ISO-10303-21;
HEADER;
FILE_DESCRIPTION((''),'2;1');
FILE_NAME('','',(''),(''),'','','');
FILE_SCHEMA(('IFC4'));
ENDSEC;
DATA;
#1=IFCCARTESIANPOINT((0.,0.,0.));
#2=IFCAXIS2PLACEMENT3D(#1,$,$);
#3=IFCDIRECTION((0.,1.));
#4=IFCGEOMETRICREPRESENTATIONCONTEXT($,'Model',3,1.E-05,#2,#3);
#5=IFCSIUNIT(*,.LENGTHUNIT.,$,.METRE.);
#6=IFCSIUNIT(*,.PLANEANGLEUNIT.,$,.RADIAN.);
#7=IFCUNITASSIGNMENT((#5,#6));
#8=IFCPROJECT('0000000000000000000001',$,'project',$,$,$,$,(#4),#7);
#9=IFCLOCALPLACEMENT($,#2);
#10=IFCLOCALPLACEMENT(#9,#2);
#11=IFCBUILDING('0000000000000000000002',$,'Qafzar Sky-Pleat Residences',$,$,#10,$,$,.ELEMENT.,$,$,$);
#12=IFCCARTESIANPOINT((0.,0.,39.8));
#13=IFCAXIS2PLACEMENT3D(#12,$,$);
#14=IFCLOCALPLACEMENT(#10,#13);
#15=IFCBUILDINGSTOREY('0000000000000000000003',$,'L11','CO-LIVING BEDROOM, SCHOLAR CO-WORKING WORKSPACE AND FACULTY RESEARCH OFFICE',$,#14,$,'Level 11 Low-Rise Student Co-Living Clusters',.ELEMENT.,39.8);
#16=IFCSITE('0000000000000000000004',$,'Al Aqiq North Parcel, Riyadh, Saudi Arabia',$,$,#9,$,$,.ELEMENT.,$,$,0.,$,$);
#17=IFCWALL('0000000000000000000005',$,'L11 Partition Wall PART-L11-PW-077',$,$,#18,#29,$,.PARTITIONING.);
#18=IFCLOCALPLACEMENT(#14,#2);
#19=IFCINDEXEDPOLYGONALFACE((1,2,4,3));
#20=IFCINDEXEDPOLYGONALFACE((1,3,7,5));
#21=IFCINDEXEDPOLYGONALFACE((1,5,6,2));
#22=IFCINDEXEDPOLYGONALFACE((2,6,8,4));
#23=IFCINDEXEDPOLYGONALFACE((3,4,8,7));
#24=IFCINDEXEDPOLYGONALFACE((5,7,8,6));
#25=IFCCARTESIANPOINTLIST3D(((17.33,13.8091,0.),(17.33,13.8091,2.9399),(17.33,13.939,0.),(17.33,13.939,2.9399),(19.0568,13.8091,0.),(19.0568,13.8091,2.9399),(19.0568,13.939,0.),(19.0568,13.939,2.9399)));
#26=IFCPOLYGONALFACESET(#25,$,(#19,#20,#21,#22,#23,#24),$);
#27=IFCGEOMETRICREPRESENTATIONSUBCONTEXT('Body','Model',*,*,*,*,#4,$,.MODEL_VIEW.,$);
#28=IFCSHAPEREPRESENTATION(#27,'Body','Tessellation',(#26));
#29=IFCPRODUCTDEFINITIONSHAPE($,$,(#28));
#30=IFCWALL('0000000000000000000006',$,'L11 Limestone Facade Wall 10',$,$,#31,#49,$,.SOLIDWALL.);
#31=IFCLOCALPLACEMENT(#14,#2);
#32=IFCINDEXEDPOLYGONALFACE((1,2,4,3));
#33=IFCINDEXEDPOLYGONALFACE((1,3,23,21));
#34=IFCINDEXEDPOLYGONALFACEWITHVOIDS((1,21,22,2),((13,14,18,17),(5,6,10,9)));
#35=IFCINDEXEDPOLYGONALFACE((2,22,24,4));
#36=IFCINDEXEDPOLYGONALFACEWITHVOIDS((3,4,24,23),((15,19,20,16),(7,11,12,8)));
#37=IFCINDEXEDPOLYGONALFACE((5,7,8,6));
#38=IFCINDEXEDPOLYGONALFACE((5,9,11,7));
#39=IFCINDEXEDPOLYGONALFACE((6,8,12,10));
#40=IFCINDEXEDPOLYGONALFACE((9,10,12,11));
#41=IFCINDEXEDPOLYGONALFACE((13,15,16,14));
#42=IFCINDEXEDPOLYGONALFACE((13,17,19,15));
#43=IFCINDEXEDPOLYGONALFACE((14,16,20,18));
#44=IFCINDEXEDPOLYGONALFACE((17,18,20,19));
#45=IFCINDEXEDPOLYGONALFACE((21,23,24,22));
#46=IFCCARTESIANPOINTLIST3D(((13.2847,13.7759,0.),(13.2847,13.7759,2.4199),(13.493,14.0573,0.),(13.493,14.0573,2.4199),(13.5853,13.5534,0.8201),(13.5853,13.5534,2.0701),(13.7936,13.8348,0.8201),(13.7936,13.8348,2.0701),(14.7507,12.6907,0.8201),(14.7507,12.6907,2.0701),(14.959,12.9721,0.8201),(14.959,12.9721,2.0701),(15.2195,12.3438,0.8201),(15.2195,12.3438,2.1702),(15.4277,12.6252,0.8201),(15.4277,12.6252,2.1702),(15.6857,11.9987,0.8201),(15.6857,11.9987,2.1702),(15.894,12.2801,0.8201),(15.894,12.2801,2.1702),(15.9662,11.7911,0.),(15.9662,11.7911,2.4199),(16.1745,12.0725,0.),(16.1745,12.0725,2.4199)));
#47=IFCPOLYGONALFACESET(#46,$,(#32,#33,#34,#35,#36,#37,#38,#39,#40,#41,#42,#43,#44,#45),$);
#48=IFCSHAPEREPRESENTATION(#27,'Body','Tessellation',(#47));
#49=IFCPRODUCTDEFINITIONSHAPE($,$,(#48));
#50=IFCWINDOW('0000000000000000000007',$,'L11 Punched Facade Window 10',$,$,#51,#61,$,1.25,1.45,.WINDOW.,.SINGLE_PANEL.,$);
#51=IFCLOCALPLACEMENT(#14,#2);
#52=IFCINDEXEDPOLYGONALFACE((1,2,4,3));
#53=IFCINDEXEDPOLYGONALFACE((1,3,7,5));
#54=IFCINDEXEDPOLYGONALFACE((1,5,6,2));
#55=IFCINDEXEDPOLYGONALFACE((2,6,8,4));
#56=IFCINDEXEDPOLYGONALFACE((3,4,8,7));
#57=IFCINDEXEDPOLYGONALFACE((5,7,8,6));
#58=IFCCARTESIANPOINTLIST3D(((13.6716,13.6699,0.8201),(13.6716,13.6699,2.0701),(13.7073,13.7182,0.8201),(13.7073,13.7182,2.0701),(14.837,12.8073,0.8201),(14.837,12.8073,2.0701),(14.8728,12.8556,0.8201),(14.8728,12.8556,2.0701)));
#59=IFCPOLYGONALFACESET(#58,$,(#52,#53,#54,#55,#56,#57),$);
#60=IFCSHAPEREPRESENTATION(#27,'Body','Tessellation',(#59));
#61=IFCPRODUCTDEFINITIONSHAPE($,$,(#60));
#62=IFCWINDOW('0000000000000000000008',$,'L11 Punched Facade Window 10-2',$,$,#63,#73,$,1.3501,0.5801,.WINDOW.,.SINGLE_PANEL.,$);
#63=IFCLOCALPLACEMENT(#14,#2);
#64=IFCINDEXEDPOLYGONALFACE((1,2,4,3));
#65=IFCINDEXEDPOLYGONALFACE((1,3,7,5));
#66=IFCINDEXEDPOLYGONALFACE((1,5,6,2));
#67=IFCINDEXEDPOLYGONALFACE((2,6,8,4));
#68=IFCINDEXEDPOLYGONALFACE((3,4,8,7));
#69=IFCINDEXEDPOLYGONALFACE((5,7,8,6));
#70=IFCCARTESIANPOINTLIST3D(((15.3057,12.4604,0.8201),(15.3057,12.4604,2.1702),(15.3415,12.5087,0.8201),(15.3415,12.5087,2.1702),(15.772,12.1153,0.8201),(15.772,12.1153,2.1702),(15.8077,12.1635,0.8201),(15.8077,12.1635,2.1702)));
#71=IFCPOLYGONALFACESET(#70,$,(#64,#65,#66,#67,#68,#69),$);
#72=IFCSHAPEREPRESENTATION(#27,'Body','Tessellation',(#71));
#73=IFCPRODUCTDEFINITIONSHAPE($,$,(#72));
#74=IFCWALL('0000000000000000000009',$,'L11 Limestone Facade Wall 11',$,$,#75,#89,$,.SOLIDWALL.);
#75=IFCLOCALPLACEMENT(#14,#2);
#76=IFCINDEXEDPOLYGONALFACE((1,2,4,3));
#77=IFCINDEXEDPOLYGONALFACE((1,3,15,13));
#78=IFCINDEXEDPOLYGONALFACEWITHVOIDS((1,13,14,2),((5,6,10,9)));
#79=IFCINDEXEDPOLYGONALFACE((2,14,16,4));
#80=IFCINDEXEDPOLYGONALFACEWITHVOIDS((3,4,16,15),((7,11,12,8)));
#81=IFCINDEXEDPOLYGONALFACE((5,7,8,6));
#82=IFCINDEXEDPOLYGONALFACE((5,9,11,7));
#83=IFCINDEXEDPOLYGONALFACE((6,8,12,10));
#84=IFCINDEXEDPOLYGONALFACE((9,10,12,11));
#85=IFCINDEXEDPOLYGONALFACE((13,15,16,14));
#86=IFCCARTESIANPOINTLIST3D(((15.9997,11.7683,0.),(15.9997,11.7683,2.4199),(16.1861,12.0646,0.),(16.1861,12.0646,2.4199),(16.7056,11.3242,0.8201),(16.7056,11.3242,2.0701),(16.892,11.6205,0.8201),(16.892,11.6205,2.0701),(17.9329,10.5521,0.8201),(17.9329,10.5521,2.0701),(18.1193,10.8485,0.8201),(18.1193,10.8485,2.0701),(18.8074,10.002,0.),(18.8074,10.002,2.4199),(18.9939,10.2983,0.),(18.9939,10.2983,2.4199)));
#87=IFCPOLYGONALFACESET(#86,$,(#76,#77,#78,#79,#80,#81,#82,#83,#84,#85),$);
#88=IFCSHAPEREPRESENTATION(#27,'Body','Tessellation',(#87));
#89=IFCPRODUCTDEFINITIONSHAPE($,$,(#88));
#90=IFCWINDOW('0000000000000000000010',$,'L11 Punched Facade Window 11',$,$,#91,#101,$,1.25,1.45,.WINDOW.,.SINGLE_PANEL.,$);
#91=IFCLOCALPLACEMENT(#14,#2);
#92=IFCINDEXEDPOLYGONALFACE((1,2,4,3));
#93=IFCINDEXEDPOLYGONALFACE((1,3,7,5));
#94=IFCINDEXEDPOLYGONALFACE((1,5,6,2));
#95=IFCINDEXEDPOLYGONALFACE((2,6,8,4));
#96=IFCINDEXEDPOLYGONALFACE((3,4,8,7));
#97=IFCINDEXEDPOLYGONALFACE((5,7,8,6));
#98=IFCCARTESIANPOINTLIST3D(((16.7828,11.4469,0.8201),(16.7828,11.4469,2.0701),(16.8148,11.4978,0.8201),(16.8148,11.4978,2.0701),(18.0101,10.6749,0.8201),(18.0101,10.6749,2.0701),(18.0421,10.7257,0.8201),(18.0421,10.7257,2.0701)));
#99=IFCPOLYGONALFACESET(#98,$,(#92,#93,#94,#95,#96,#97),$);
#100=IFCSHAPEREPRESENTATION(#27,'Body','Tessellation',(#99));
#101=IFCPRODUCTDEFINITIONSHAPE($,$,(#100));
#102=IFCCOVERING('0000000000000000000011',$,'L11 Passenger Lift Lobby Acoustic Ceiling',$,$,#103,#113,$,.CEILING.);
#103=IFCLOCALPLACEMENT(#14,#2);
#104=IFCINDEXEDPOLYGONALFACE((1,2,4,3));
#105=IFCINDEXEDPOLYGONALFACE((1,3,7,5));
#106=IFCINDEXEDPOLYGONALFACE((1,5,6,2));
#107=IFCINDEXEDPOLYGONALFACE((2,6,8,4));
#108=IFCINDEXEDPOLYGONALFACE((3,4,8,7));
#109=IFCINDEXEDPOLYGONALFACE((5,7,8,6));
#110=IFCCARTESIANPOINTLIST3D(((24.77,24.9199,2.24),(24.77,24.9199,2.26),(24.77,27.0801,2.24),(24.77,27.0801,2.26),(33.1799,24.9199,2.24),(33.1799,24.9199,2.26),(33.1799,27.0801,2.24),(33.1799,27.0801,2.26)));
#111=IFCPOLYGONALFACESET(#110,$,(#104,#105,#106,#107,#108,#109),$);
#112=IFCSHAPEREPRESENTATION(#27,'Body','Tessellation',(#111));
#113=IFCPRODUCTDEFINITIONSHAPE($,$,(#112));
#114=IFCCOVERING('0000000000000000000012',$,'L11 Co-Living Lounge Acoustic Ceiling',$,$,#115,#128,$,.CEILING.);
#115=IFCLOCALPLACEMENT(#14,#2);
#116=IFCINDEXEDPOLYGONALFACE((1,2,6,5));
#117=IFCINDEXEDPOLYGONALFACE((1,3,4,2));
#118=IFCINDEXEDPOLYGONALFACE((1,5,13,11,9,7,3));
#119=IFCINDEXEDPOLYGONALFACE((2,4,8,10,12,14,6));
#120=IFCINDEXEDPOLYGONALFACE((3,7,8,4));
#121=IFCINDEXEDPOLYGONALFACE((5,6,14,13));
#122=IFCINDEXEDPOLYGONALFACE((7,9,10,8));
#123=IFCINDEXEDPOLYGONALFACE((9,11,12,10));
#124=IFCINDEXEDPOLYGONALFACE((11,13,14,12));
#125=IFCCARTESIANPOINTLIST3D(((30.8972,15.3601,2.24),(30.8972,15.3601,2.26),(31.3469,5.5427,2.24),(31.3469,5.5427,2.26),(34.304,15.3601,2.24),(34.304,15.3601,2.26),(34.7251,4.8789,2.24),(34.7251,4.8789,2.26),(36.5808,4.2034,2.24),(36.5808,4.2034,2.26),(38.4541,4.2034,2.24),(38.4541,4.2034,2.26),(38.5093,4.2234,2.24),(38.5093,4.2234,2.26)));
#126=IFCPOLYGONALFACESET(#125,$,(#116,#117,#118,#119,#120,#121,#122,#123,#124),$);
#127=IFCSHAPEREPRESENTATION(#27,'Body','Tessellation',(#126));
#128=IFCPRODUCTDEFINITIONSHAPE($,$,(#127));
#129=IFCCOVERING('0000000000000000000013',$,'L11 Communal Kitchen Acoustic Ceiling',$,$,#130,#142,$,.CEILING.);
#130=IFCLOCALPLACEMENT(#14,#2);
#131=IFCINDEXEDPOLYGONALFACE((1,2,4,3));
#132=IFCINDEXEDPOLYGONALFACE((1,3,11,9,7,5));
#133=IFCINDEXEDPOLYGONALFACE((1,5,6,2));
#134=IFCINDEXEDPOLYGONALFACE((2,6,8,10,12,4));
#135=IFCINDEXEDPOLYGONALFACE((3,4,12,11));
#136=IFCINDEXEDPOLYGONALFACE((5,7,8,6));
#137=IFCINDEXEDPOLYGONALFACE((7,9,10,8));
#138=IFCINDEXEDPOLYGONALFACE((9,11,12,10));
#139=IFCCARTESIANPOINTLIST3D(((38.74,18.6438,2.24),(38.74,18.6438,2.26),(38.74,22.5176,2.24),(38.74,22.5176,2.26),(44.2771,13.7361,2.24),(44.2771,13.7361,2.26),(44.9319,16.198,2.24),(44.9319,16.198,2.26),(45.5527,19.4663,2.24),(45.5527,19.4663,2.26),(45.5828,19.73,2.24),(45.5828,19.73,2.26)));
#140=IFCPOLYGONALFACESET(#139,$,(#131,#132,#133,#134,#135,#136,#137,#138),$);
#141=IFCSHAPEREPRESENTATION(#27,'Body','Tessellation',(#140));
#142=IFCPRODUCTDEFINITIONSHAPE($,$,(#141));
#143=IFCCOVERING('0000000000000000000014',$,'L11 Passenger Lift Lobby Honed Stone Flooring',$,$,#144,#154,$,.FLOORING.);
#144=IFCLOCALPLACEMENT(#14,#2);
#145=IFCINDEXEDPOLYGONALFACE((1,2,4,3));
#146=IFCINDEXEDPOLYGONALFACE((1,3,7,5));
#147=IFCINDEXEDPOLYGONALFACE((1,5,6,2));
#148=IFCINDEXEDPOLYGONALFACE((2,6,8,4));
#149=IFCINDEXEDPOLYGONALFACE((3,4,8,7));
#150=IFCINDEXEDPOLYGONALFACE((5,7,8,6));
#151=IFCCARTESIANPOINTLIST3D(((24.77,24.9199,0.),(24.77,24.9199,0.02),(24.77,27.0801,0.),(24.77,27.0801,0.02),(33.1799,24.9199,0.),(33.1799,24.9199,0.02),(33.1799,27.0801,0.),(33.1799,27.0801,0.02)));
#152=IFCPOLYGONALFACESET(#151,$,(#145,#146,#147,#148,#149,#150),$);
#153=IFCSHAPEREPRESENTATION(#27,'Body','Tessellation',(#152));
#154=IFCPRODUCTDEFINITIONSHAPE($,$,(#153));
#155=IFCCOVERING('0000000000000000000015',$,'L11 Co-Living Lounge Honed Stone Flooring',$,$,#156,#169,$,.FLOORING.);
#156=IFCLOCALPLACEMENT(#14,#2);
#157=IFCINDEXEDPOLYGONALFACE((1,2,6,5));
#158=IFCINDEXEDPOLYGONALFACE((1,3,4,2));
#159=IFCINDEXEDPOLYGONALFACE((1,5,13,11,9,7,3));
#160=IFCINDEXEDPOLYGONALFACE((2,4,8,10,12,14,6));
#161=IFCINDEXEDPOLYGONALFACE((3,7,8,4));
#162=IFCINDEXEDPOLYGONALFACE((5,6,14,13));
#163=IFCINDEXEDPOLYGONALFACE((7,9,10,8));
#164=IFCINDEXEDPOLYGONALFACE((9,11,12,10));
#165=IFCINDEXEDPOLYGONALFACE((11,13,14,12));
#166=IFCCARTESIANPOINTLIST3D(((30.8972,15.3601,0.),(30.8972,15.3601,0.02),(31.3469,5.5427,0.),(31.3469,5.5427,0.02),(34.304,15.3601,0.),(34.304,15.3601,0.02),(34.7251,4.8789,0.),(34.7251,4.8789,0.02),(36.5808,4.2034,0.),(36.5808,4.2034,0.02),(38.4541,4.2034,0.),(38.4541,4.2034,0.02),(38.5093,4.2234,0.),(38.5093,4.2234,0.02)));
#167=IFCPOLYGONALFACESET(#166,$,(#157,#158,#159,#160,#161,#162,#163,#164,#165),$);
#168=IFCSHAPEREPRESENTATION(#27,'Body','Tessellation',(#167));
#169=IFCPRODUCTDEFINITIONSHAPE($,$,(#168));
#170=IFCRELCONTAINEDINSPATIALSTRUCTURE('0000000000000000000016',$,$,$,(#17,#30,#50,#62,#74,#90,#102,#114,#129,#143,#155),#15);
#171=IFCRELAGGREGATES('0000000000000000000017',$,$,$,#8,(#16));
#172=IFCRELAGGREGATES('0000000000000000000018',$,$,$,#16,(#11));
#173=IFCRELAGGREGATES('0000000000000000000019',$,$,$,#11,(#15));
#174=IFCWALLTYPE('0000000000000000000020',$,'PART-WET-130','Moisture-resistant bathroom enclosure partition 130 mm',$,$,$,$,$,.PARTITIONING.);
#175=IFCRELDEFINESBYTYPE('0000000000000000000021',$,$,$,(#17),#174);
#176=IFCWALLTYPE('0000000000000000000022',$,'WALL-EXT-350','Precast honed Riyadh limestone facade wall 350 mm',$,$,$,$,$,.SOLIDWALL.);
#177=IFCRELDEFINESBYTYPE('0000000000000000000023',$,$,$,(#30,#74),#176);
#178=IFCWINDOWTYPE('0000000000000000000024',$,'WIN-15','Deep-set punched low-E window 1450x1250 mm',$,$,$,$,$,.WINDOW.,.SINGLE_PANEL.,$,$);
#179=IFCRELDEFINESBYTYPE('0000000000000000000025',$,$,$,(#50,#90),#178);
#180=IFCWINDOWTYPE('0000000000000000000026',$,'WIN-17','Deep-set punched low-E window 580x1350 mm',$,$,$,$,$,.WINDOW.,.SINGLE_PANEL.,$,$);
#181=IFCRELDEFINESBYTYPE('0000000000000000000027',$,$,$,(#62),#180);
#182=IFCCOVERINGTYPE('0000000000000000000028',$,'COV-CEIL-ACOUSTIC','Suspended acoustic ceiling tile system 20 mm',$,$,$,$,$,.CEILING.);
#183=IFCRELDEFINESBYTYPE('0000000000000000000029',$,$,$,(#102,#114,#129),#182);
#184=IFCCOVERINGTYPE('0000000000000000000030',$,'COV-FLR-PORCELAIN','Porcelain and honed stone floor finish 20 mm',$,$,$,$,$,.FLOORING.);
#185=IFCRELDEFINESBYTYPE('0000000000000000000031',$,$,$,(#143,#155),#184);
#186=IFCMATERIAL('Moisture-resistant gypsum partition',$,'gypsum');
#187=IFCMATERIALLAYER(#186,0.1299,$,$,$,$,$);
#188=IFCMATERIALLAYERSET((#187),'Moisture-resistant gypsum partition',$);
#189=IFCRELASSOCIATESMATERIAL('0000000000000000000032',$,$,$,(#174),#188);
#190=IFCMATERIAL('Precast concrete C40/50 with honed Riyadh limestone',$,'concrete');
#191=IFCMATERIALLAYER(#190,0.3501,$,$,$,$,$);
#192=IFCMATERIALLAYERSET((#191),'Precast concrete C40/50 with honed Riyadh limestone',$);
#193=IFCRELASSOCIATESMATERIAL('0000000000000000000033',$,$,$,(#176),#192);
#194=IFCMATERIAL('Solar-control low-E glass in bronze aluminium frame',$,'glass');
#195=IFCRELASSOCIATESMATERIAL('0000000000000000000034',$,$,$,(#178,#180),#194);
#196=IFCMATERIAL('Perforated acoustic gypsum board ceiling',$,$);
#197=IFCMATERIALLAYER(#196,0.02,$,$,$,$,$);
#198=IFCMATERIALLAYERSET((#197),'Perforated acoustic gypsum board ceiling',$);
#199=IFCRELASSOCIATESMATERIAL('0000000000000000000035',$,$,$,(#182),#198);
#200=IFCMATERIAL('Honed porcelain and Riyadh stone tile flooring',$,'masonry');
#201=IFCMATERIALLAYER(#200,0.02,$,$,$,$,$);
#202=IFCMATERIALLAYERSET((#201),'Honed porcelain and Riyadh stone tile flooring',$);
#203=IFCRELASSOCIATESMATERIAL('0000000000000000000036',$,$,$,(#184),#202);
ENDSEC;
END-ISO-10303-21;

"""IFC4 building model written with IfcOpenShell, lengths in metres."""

from ifc_helpers import new_model, si_unit, direction, frame, frame_2d, origin, place, context, subcontext, project, spatial, polyline, rectangle, outline, extrude, source, transform, mapped, material, layer, layer_set, type_object, element, fill, save


model = new_model("IFC4")

# Units and contexts
model_context = context("Model", 3, precision=1e-05, world=origin(), true_north=direction((0.0, 1.0)))
body_context = subcontext(model_context, "Body", "Model", "MODEL_VIEW")
ifc_project = project(units=[si_unit("LENGTHUNIT", "METRE"), si_unit("PLANEANGLEUNIT", "RADIAN")], contexts=[model_context])

# Site, building, storey
site_placement = place(None, origin())
site = spatial("IfcSite", under=ifc_project, at=site_placement, Name="Al Aqiq North Parcel, Riyadh, Saudi Arabia", CompositionType="ELEMENT", RefElevation=0.0)
building_placement = place(site_placement, origin())
building = spatial("IfcBuilding", under=site, at=building_placement, Name="Qafzar Sky-Pleat Residences", CompositionType="ELEMENT")
storey_placement = place(building_placement, frame((0.0, 0.0, 39.8)))
storey = spatial("IfcBuildingStorey", under=building, at=storey_placement, Name="L11", Description="CO-LIVING BEDROOM, SCHOLAR CO-WORKING WORKSPACE AND FACULTY RESEARCH OFFICE", LongName="Level 11 Low-Rise Student Co-Living Clusters", CompositionType="ELEMENT", Elevation=39.8)

# Wall
ifc_material_1 = material(Name="Moisture-resistant gypsum partition", Category="gypsum")
ifc_layer_1 = layer(ifc_material_1, 0.1299)
ifc_layer_set_1 = layer_set([ifc_layer_1], Name="Moisture-resistant gypsum partition")
wall_type_1 = type_object("IfcWallType", Name="PART-WET-130", Description="Moisture-resistant bathroom enclosure partition 130 mm", PredefinedType="PARTITIONING", material=ifc_layer_set_1)
wall_1_placement = place(storey_placement, frame((17.3301, 13.874, 0.0), z_axis=(0.0, 0.0, 1.0), x_axis=(1.0, 0.0, 0.0)))
element("IfcWall", 1, at=wall_1_placement, inside=storey, type_object=wall_type_1, Name="L11 Partition Wall PART-L11-PW-077", PredefinedType="PARTITIONING", context=body_context, shape_type="SweptSolid", body=[
    extrude(rectangle(XDim=1.7268, YDim=0.1299, at=frame_2d((0.8633, 0.0))), origin(), (0.0, 0.0, 1.0), 2.9399),
])

# Wall, openings, windows
ifc_material_2 = material(Name="Precast concrete C40/50 with honed Riyadh limestone", Category="concrete")
ifc_layer_2 = layer(ifc_material_2, 0.3501)
ifc_layer_set_2 = layer_set([ifc_layer_2], Name="Precast concrete C40/50 with honed Riyadh limestone")
wall_type_2 = type_object("IfcWallType", Name="WALL-EXT-350", Description="Precast honed Riyadh limestone facade wall 350 mm", PredefinedType="SOLIDWALL", material=ifc_layer_set_2)
wall_2_placement = place(storey_placement, frame((13.3889, 13.9165, 0.0), z_axis=(0.0, 0.0, 1.0), x_axis=(0.803778, -0.59493, 0.0)))
wall_2 = element("IfcWall", 2, at=wall_2_placement, inside=storey, type_object=wall_type_2, Name="L11 Limestone Facade Wall 10", PredefinedType="SOLIDWALL", context=body_context, shape_type="SweptSolid", body=[
    extrude(rectangle(XDim=3.3362, YDim=0.3501, at=frame_2d((1.668, 0.0))), origin(), (0.0, 0.0, 1.0), 2.4199),
])
opening_1_placement = place(wall_2_placement, frame((0.3738, 0.0, 0.8201)))
opening_1 = element("IfcOpeningElement", 3, at=opening_1_placement, cuts=wall_2, PredefinedType="OPENING", context=body_context, shape_type="SweptSolid", body=[
    extrude(rectangle(XDim=1.45, YDim=1.25, at=frame_2d((0.7251, 0.625))), frame((0.0, 0.1851, 0.0), z_axis=(0.0, -1.0, 0.0), x_axis=(1.0, 0.0, 0.0)), (0.0, 0.0, 1.0), 0.3701),
])
opening_2_placement = place(wall_2_placement, frame((2.407, 0.0, 0.8201)))
opening_2 = element("IfcOpeningElement", 4, at=opening_2_placement, cuts=wall_2, PredefinedType="OPENING", context=body_context, shape_type="SweptSolid", body=[
    extrude(rectangle(XDim=0.5801, YDim=1.3501, at=frame_2d((0.29, 0.675))), frame((0.0, 0.1851, 0.0), z_axis=(0.0, -1.0, 0.0), x_axis=(1.0, 0.0, 0.0)), (0.0, 0.0, 1.0), 0.3701),
])
ifc_material_3 = material(Name="Solar-control low-E glass in bronze aluminium frame", Category="glass")
window_type_1 = type_object("IfcWindowType", Name="WIN-15", Description="Deep-set punched low-E window 1450x1250 mm", PartitioningType="SINGLE_PANEL", PredefinedType="WINDOW", material=ifc_material_3)
shared_shape_1 = source(origin(), body_context, "Body", "SweptSolid", [
    extrude(rectangle(XDim=1.45, YDim=1.25, at=frame_2d((0.7251, 0.625))), frame((0.0, 0.03, 0.0), z_axis=(0.0, -1.0, 0.0), x_axis=(1.0, 0.0, 0.0)), (0.0, 0.0, 1.0), 0.0601),
])
window_1_placement = place(opening_1_placement, origin())
window_1 = element("IfcWindow", 5, at=window_1_placement, inside=storey, type_object=window_type_1, Name="L11 Punched Facade Window 10", OverallHeight=1.25, OverallWidth=1.45, PartitioningType="SINGLE_PANEL", PredefinedType="WINDOW", context=body_context, shape_type="MappedRepresentation", body=[
    mapped(shared_shape_1, transform((0.0, 0.0, 0.0), x_axis=(1.0, 0.0, 0.0), y_axis=(0.0, 1.0, 0.0), z_axis=(0.0, 0.0, 1.0), scale=1.0)),
])
fill(opening_1, window_1)
window_type_2 = type_object("IfcWindowType", Name="WIN-17", Description="Deep-set punched low-E window 580x1350 mm", PartitioningType="SINGLE_PANEL", PredefinedType="WINDOW", material=ifc_material_3)
shared_shape_2 = source(origin(), body_context, "Body", "SweptSolid", [
    extrude(rectangle(XDim=0.5801, YDim=1.3501, at=frame_2d((0.29, 0.675))), frame((0.0, 0.03, 0.0), z_axis=(0.0, -1.0, 0.0), x_axis=(1.0, 0.0, 0.0)), (0.0, 0.0, 1.0), 0.0601),
])
window_2_placement = place(opening_2_placement, origin())
window_2 = element("IfcWindow", 6, at=window_2_placement, inside=storey, type_object=window_type_2, Name="L11 Punched Facade Window 10-2", OverallHeight=1.3501, OverallWidth=0.5801, PartitioningType="SINGLE_PANEL", PredefinedType="WINDOW", context=body_context, shape_type="MappedRepresentation", body=[
    mapped(shared_shape_2, transform((0.0, 0.0, 0.0), x_axis=(1.0, 0.0, 0.0), y_axis=(0.0, 1.0, 0.0), z_axis=(0.0, 0.0, 1.0), scale=1.0)),
])
fill(opening_2, window_2)

# Wall, opening, window
wall_3_placement = place(storey_placement, frame((16.0928, 11.9165, 0.0), z_axis=(0.0, 0.0, 1.0), x_axis=(0.846444, -0.532477, 0.0)))
wall_3 = element("IfcWall", 7, at=wall_3_placement, inside=storey, type_object=wall_type_2, Name="L11 Limestone Facade Wall 11", PredefinedType="SOLIDWALL", context=body_context, shape_type="SweptSolid", body=[
    extrude(rectangle(XDim=3.3171, YDim=0.3501, at=frame_2d((1.6587, 0.0))), origin(), (0.0, 0.0, 1.0), 2.4199),
])
opening_3_placement = place(wall_3_placement, frame((0.834, 0.0, 0.8201)))
opening_3 = element("IfcOpeningElement", 8, at=opening_3_placement, cuts=wall_3, PredefinedType="OPENING", context=body_context, shape_type="SweptSolid", body=[
    extrude(rectangle(XDim=1.45, YDim=1.25, at=frame_2d((0.7251, 0.625))), frame((0.0, 0.1851, 0.0), z_axis=(0.0, -1.0, 0.0), x_axis=(1.0, 0.0, 0.0)), (0.0, 0.0, 1.0), 0.3701),
])
window_3_placement = place(opening_3_placement, origin())
window_3 = element("IfcWindow", 9, at=window_3_placement, inside=storey, type_object=window_type_1, Name="L11 Punched Facade Window 11", OverallHeight=1.25, OverallWidth=1.45, PartitioningType="SINGLE_PANEL", PredefinedType="WINDOW", context=body_context, shape_type="MappedRepresentation", body=[
    mapped(shared_shape_1, transform((0.0, 0.0, 0.0), x_axis=(1.0, 0.0, 0.0), y_axis=(0.0, 1.0, 0.0), z_axis=(0.0, 0.0, 1.0), scale=1.0)),
])
fill(opening_3, window_3)

# Coverings
ifc_material_4 = material(Name="Perforated acoustic gypsum board ceiling")
ifc_layer_3 = layer(ifc_material_4, 0.02)
ifc_layer_set_3 = layer_set([ifc_layer_3], Name="Perforated acoustic gypsum board ceiling")
covering_type_1 = type_object("IfcCoveringType", Name="COV-CEIL-ACOUSTIC", Description="Suspended acoustic ceiling tile system 20 mm", PredefinedType="CEILING", material=ifc_layer_set_3)
covering_1_placement = place(storey_placement, frame((0.0, 0.0, 2.24)))
element("IfcCovering", 10, at=covering_1_placement, inside=storey, type_object=covering_type_1, Name="L11 Passenger Lift Lobby Acoustic Ceiling", PredefinedType="CEILING", context=body_context, shape_type="SweptSolid", body=[
    extrude(outline(polyline([(33.1799, 24.9199), (24.77, 24.9199), (24.77, 27.0801), (33.1799, 27.0801), (33.1799, 24.9199)])), origin(), (0.0, 0.0, 1.0), 0.02),
])
covering_2_placement = place(storey_placement, frame((0.0, 0.0, 2.24)))
element("IfcCovering", 11, at=covering_2_placement, inside=storey, type_object=covering_type_1, Name="L11 Co-Living Lounge Acoustic Ceiling", PredefinedType="CEILING", context=body_context, shape_type="SweptSolid", body=[
    extrude(outline(polyline([(38.4541, 4.2034), (36.5808, 4.2034), (34.7251, 4.8789), (31.3469, 5.5427), (30.8972, 15.3601), (34.304, 15.3601), (38.5093, 4.2234), (38.4541, 4.2034)])), origin(), (0.0, 0.0, 1.0), 0.02),
])
covering_3_placement = place(storey_placement, frame((0.0, 0.0, 2.24)))
element("IfcCovering", 12, at=covering_3_placement, inside=storey, type_object=covering_type_1, Name="L11 Communal Kitchen Acoustic Ceiling", PredefinedType="CEILING", context=body_context, shape_type="SweptSolid", body=[
    extrude(outline(polyline([(45.5527, 19.4663), (44.9319, 16.198), (44.2771, 13.7361), (38.74, 18.6438), (38.74, 22.5176), (45.5828, 19.73), (45.5527, 19.4663)])), origin(), (0.0, 0.0, 1.0), 0.02),
])
ifc_material_5 = material(Name="Honed porcelain and Riyadh stone tile flooring", Category="masonry")
ifc_layer_4 = layer(ifc_material_5, 0.02)
ifc_layer_set_4 = layer_set([ifc_layer_4], Name="Honed porcelain and Riyadh stone tile flooring")
covering_type_2 = type_object("IfcCoveringType", Name="COV-FLR-PORCELAIN", Description="Porcelain and honed stone floor finish 20 mm", PredefinedType="FLOORING", material=ifc_layer_set_4)
covering_4_placement = place(storey_placement, origin())
element("IfcCovering", 13, at=covering_4_placement, inside=storey, type_object=covering_type_2, Name="L11 Passenger Lift Lobby Honed Stone Flooring", PredefinedType="FLOORING", context=body_context, shape_type="SweptSolid", body=[
    extrude(outline(polyline([(33.1799, 24.9199), (24.77, 24.9199), (24.77, 27.0801), (33.1799, 27.0801), (33.1799, 24.9199)])), origin(), (0.0, 0.0, 1.0), 0.02),
])
covering_5_placement = place(storey_placement, origin())
element("IfcCovering", 14, at=covering_5_placement, inside=storey, type_object=covering_type_2, Name="L11 Co-Living Lounge Honed Stone Flooring", PredefinedType="FLOORING", context=body_context, shape_type="SweptSolid", body=[
    extrude(outline(polyline([(38.4541, 4.2034), (36.5808, 4.2034), (34.7251, 4.8789), (31.3469, 5.5427), (30.8972, 15.3601), (34.304, 15.3601), (38.5093, 4.2234), (38.4541, 4.2034)])), origin(), (0.0, 0.0, 1.0), 0.02),
])

save(model, "model.ifc")
